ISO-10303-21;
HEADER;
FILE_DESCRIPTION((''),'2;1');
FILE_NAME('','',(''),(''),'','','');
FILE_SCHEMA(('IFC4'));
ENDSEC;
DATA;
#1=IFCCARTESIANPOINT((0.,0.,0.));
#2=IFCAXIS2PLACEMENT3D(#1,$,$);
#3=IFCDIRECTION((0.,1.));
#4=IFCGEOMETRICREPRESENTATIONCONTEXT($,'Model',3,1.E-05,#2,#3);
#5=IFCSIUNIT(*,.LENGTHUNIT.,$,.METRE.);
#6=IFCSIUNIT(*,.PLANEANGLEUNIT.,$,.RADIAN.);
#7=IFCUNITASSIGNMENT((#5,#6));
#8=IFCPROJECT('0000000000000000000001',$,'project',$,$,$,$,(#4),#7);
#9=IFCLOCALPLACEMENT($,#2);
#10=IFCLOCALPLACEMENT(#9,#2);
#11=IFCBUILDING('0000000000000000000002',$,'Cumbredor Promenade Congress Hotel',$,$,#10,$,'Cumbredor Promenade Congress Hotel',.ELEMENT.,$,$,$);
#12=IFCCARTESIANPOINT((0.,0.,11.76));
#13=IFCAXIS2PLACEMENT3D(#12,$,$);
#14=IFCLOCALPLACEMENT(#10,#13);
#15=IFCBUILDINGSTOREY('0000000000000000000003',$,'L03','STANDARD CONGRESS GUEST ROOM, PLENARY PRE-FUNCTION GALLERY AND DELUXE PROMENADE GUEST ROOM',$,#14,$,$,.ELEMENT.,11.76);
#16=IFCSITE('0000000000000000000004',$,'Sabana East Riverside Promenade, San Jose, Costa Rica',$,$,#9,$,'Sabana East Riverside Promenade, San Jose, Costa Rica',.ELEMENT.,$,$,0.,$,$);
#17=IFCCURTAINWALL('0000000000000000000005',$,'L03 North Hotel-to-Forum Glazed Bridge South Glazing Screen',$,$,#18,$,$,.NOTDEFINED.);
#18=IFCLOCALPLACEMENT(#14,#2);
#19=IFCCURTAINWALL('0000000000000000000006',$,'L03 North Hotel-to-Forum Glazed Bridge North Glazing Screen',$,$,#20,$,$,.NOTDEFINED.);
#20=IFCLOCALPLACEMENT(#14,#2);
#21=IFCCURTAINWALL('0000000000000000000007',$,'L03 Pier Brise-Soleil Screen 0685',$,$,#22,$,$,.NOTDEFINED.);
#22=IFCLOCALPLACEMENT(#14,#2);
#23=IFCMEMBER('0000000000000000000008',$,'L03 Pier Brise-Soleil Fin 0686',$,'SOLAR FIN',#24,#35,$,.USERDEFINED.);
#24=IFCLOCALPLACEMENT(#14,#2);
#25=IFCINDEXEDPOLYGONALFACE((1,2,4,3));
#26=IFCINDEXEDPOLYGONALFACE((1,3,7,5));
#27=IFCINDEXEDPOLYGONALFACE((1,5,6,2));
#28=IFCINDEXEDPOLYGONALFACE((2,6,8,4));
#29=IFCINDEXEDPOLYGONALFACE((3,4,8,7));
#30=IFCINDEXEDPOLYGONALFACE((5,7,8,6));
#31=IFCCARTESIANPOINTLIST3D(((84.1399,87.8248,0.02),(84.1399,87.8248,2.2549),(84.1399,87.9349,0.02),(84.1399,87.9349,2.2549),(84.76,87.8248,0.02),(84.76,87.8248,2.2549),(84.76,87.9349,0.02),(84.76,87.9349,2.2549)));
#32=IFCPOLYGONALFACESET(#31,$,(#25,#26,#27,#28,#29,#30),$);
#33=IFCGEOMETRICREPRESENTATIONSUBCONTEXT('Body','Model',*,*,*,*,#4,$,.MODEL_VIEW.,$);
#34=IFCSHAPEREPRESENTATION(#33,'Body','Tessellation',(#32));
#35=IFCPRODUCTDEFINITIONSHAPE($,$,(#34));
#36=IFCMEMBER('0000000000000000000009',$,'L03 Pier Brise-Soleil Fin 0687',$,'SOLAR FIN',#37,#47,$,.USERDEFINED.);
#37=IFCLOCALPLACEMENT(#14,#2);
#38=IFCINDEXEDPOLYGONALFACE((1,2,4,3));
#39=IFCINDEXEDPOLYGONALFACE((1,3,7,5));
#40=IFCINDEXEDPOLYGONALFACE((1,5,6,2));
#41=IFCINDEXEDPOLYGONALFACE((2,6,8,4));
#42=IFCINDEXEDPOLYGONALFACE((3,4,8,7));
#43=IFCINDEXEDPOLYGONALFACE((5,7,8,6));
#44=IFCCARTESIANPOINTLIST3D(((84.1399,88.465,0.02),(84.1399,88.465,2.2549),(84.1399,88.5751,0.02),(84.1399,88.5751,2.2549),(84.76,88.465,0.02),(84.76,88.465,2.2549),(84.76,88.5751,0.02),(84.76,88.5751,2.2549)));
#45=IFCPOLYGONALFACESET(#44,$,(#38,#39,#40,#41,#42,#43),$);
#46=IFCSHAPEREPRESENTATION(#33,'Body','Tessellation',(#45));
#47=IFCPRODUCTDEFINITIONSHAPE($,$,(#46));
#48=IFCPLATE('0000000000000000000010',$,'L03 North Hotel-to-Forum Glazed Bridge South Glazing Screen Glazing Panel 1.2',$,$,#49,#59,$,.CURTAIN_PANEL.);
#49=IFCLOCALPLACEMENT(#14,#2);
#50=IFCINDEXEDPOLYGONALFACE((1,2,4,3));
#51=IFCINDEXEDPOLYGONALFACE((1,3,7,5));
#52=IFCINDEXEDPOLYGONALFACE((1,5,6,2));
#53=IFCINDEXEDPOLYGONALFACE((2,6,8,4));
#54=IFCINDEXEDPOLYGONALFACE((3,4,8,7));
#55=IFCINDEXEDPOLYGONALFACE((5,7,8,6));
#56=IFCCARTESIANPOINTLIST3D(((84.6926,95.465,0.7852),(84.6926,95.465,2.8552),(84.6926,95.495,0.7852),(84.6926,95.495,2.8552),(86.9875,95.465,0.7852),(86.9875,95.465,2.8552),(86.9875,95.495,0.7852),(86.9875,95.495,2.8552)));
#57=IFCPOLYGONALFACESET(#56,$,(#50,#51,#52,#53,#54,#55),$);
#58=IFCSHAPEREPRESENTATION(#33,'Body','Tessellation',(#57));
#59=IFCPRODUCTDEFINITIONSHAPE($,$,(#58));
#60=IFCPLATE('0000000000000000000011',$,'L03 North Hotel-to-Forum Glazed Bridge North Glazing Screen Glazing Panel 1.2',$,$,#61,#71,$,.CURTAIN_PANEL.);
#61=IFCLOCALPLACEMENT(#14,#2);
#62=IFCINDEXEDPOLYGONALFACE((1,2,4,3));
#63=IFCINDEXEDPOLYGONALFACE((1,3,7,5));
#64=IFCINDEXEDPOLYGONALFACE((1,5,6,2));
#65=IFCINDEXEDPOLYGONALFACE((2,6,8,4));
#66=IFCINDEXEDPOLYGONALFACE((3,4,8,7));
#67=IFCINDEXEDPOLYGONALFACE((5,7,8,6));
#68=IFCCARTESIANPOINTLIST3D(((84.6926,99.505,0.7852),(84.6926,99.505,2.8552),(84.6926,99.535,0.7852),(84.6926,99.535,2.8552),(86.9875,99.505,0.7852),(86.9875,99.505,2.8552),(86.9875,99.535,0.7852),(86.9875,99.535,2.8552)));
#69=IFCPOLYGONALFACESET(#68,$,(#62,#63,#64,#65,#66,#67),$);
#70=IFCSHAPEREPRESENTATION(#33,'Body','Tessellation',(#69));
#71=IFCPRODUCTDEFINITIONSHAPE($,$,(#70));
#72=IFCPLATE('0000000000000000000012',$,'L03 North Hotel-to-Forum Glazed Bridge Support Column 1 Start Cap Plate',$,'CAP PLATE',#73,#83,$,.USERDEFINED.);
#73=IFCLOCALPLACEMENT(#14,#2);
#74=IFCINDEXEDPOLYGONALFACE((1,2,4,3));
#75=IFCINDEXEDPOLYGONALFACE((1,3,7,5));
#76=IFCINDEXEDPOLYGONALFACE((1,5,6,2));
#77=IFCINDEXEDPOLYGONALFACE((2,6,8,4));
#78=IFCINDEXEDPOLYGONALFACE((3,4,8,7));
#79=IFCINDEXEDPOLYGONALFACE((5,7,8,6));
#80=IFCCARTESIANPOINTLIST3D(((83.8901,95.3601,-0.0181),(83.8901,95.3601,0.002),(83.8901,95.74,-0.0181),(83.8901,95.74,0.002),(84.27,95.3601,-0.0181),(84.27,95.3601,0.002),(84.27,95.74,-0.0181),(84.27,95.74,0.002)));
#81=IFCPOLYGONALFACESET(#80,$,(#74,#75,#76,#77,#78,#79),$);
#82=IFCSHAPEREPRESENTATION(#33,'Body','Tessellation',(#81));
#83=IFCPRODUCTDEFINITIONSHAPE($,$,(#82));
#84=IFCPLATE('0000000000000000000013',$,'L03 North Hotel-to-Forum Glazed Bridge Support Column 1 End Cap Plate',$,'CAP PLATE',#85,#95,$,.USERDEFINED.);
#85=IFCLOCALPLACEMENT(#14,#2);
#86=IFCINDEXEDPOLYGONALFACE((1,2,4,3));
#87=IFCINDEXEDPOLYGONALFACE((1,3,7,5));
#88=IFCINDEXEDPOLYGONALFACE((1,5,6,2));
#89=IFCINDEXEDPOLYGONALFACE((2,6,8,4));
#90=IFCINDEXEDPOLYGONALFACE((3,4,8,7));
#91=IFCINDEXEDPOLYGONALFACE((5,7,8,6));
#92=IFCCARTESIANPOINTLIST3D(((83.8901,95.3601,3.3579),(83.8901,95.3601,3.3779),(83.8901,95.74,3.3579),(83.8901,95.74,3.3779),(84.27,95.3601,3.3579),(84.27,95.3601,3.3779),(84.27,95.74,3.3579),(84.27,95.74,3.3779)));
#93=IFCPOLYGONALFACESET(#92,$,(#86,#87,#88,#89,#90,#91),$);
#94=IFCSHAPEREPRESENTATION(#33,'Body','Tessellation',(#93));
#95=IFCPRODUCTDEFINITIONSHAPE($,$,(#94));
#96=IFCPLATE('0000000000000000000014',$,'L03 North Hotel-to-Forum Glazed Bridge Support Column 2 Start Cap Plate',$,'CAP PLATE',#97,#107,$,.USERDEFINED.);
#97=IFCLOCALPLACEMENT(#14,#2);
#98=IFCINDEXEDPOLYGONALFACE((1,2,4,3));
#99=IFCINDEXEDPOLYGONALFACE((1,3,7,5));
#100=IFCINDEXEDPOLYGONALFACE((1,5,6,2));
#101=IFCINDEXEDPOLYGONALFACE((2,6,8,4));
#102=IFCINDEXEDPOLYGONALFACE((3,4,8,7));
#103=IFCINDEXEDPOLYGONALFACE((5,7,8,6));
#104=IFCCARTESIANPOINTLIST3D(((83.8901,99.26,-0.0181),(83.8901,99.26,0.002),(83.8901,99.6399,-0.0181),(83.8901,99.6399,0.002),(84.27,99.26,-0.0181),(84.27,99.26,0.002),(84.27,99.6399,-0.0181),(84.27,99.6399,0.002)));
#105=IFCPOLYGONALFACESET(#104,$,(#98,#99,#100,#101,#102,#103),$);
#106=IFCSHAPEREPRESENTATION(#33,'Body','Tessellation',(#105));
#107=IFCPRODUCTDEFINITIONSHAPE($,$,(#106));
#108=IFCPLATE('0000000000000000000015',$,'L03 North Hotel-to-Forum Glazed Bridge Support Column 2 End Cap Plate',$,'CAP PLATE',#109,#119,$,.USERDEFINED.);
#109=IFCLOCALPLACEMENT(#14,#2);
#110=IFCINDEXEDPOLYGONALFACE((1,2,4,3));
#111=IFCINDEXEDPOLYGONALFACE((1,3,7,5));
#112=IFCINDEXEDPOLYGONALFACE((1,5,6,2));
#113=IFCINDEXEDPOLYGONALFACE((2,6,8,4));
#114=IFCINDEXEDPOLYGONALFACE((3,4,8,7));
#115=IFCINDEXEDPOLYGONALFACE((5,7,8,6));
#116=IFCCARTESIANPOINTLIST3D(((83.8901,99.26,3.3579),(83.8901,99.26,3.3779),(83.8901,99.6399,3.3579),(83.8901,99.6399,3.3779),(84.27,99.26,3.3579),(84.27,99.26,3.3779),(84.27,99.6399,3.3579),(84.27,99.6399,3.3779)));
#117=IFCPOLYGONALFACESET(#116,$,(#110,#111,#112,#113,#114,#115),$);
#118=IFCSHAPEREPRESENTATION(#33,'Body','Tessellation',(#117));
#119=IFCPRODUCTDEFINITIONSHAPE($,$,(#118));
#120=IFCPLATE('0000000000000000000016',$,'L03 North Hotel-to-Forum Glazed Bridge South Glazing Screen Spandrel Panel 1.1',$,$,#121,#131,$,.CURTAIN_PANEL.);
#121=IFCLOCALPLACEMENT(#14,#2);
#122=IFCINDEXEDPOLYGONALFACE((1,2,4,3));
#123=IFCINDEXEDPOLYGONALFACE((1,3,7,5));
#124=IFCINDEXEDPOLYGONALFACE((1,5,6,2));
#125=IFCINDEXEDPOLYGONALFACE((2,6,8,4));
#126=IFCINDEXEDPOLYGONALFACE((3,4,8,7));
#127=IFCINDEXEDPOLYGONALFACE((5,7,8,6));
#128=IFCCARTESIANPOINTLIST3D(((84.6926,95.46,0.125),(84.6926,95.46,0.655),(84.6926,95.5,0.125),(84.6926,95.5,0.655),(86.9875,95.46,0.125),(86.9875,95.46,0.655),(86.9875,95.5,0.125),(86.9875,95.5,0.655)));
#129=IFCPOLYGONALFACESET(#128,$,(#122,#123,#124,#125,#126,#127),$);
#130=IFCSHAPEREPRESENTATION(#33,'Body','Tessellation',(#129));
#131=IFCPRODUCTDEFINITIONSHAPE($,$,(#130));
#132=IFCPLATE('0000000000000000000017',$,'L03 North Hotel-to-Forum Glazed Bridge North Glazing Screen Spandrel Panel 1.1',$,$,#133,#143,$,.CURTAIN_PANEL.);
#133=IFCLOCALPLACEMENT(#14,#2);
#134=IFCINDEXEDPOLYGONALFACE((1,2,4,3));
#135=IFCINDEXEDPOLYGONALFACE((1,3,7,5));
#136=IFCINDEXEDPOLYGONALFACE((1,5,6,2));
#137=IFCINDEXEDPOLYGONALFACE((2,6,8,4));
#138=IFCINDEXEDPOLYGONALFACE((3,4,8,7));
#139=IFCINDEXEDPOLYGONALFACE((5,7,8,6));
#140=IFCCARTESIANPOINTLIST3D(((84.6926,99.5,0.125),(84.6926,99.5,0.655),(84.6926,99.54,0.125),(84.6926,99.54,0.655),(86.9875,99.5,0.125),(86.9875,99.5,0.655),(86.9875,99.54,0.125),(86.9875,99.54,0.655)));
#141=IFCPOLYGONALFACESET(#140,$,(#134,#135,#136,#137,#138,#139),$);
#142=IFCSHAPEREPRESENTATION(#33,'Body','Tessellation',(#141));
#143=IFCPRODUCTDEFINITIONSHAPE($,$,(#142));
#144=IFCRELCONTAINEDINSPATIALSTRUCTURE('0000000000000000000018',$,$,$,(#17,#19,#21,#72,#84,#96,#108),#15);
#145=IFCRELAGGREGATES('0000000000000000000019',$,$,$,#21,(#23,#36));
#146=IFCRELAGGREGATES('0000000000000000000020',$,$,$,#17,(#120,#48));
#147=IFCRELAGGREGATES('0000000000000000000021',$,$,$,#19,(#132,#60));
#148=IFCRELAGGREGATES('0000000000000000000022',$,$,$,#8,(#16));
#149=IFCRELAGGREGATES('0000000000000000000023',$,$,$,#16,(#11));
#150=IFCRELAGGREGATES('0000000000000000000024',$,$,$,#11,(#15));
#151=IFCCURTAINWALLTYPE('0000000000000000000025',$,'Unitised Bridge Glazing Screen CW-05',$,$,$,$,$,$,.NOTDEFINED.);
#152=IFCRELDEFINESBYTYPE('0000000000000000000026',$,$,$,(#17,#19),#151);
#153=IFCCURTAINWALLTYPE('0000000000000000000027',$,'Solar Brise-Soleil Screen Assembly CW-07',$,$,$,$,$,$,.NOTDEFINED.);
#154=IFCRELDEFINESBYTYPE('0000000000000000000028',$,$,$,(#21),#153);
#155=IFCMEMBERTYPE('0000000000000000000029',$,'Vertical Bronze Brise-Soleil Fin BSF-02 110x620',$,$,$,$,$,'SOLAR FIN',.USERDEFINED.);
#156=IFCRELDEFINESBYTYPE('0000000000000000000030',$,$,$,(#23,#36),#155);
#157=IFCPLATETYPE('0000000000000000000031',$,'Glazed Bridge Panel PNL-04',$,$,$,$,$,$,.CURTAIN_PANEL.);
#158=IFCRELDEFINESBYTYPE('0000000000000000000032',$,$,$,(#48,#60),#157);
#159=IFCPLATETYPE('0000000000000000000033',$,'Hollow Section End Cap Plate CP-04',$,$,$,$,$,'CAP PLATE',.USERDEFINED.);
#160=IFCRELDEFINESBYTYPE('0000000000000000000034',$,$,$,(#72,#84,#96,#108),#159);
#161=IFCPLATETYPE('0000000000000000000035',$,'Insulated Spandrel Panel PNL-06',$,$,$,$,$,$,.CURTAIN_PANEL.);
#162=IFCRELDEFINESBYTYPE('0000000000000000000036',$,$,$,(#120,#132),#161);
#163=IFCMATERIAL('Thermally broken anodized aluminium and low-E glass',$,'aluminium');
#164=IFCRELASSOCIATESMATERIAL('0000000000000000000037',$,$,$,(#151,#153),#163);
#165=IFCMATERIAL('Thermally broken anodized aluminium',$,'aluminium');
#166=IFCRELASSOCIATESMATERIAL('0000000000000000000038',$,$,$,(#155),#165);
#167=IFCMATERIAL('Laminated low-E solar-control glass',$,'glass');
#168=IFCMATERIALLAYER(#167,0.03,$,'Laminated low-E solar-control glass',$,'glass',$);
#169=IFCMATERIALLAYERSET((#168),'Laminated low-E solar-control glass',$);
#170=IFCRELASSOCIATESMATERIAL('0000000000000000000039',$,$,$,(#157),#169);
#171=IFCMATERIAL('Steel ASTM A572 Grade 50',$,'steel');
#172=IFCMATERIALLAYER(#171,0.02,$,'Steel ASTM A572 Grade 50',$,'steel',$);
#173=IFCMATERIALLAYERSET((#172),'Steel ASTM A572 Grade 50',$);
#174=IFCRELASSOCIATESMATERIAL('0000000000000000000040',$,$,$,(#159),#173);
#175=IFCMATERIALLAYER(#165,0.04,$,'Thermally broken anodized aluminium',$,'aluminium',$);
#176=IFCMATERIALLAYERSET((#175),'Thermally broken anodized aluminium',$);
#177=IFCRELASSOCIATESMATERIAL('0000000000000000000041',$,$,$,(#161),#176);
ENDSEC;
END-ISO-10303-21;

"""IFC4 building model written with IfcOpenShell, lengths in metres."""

from ifc_helpers import new_model, si_unit, direction, frame, origin, origin_2d, place, context, subcontext, project, spatial, rectangle, extrude, material, layer, layer_set, material_profile, profile_set, type_object, element, aggregate, save


model = new_model("IFC4")

# Units and contexts
model_context = context("Model", 3, precision=1e-05, world=origin(), true_north=direction((0.0, 1.0)))
body_context = subcontext(model_context, "Body", "Model", "MODEL_VIEW")
ifc_project = project(units=[si_unit("LENGTHUNIT", "METRE"), si_unit("PLANEANGLEUNIT", "RADIAN")], contexts=[model_context])

# Site, building, storey
site_placement = place(None, origin())
site = spatial("IfcSite", under=ifc_project, at=site_placement, Name="Sabana East Riverside Promenade, San Jose, Costa Rica", LongName="Sabana East Riverside Promenade, San Jose, Costa Rica", CompositionType="ELEMENT", RefElevation=0.0)
building_placement = place(site_placement, origin())
building = spatial("IfcBuilding", under=site, at=building_placement, Name="Cumbredor Promenade Congress Hotel", LongName="Cumbredor Promenade Congress Hotel", CompositionType="ELEMENT")
storey_placement = place(building_placement, frame((0.0, 0.0, 11.76)))
storey = spatial("IfcBuildingStorey", under=building, at=storey_placement, Name="L03", Description="STANDARD CONGRESS GUEST ROOM, PLENARY PRE-FUNCTION GALLERY AND DELUXE PROMENADE GUEST ROOM", CompositionType="ELEMENT", Elevation=11.76)

# Curtain walls
ifc_material_1 = material(Name="Thermally broken anodized aluminium and low-E glass", Category="aluminium")
curtain_wall_type_1 = type_object("IfcCurtainWallType", Name="Unitised Bridge Glazing Screen CW-05", PredefinedType="NOTDEFINED", material=ifc_material_1)
curtain_wall_1_placement = place(storey_placement, origin())
curtain_wall_1 = element("IfcCurtainWall", 1, at=curtain_wall_1_placement, inside=storey, type_object=curtain_wall_type_1, Name="L03 North Hotel-to-Forum Glazed Bridge South Glazing Screen", PredefinedType="NOTDEFINED")
ifc_material_2 = material(Name="Thermally broken anodized aluminium", Category="aluminium")
curtain_wall_2_placement = place(storey_placement, origin())
curtain_wall_2 = element("IfcCurtainWall", 2, at=curtain_wall_2_placement, inside=storey, type_object=curtain_wall_type_1, Name="L03 North Hotel-to-Forum Glazed Bridge North Glazing Screen", PredefinedType="NOTDEFINED")

# Curtain wall, members
curtain_wall_type_2 = type_object("IfcCurtainWallType", Name="Solar Brise-Soleil Screen Assembly CW-07", PredefinedType="NOTDEFINED", material=ifc_material_1)
curtain_wall_3_placement = place(storey_placement, origin())
curtain_wall_3 = element("IfcCurtainWall", 3, at=curtain_wall_3_placement, inside=storey, type_object=curtain_wall_type_2, Name="L03 Pier Brise-Soleil Screen 0685", PredefinedType="NOTDEFINED")
ifc_material_profile_1 = material_profile(ifc_material_2, rectangle(XDim=0.1101, YDim=0.6201, at=origin_2d()), Name="ARCH FIN 110x620")
ifc_profile_set_1 = profile_set([ifc_material_profile_1], Name="Thermally broken anodized aluminium")
member_type_1 = type_object("IfcMemberType", Name="Vertical Bronze Brise-Soleil Fin BSF-02 110x620", ElementType="SOLAR FIN", PredefinedType="USERDEFINED", material=ifc_profile_set_1)
member_1_placement = place(storey_placement, frame((84.45, 87.8799, 0.02), z_axis=(0.0, 0.0, 1.0), x_axis=(0.0, 1.0, 0.0)))
member_1 = element("IfcMember", 4, at=member_1_placement, type_object=member_type_1, Name="L03 Pier Brise-Soleil Fin 0686", ObjectType="SOLAR FIN", PredefinedType="USERDEFINED", context=body_context, shape_type="SweptSolid", body=[
    extrude(rectangle(XDim=0.1101, YDim=0.6201, at=origin_2d()), origin(), (0.0, 0.0, 1.0), 2.2349),
])
member_2_placement = place(storey_placement, frame((84.45, 88.52, 0.02), z_axis=(0.0, 0.0, 1.0), x_axis=(0.0, 1.0, 0.0)))
member_2 = element("IfcMember", 5, at=member_2_placement, type_object=member_type_1, Name="L03 Pier Brise-Soleil Fin 0687", ObjectType="SOLAR FIN", PredefinedType="USERDEFINED", context=body_context, shape_type="SweptSolid", body=[
    extrude(rectangle(XDim=0.1101, YDim=0.6201, at=origin_2d()), origin(), (0.0, 0.0, 1.0), 2.2349),
])
aggregate(curtain_wall_3, [member_1, member_2])

# Plates
ifc_material_3 = material(Name="Laminated low-E solar-control glass", Category="glass")
ifc_layer_1 = layer(ifc_material_3, 0.03, Name="Laminated low-E solar-control glass", Category="glass")
ifc_layer_set_1 = layer_set([ifc_layer_1], Name="Laminated low-E solar-control glass")
plate_type_1 = type_object("IfcPlateType", Name="Glazed Bridge Panel PNL-04", PredefinedType="CURTAIN_PANEL", material=ifc_layer_set_1)
plate_1_placement = place(storey_placement, frame((85.8401, 95.48, 0.7852), z_axis=(0.0, 0.0, 1.0), x_axis=(1.0, 0.0, 0.0)))
plate_1 = element("IfcPlate", 6, at=plate_1_placement, type_object=plate_type_1, Name="L03 North Hotel-to-Forum Glazed Bridge South Glazing Screen Glazing Panel 1.2", PredefinedType="CURTAIN_PANEL", context=body_context, shape_type="SweptSolid", body=[
    extrude(rectangle(XDim=2.2949, YDim=0.03, at=origin_2d()), origin(), (0.0, 0.0, 1.0), 2.0701),
])
plate_2_placement = place(storey_placement, frame((85.8401, 99.52, 0.7852), z_axis=(0.0, 0.0, 1.0), x_axis=(1.0, 0.0, 0.0)))
plate_2 = element("IfcPlate", 7, at=plate_2_placement, type_object=plate_type_1, Name="L03 North Hotel-to-Forum Glazed Bridge North Glazing Screen Glazing Panel 1.2", PredefinedType="CURTAIN_PANEL", context=body_context, shape_type="SweptSolid", body=[
    extrude(rectangle(XDim=2.2949, YDim=0.03, at=origin_2d()), origin(), (0.0, 0.0, 1.0), 2.0701),
])

# Plates
ifc_material_4 = material(Name="Steel ASTM A572 Grade 50", Category="steel")
ifc_layer_2 = layer(ifc_material_4, 0.02, Name="Steel ASTM A572 Grade 50", Category="steel")
ifc_layer_set_2 = layer_set([ifc_layer_2], Name="Steel ASTM A572 Grade 50")
plate_type_2 = type_object("IfcPlateType", Name="Hollow Section End Cap Plate CP-04", ElementType="CAP PLATE", PredefinedType="USERDEFINED", material=ifc_layer_set_2)
for number, where, z_axis, x_axis, name in (
    (8, (84.0801, 95.55, -0.0181), (0.0, 0.0, 1.0), (1.0, 0.0, 0.0), "L03 North Hotel-to-Forum Glazed Bridge Support Column 1 Start Cap Plate"),
    (9, (84.0801, 95.55, 3.3579), (0.0, 0.0, 1.0), (1.0, 0.0, 0.0), "L03 North Hotel-to-Forum Glazed Bridge Support Column 1 End Cap Plate"),
    (10, (84.0801, 99.45, -0.0181), (0.0, 0.0, 1.0), (1.0, 0.0, 0.0), "L03 North Hotel-to-Forum Glazed Bridge Support Column 2 Start Cap Plate"),
    (11, (84.0801, 99.45, 3.3579), (0.0, 0.0, 1.0), (1.0, 0.0, 0.0), "L03 North Hotel-to-Forum Glazed Bridge Support Column 2 End Cap Plate"),
):
    element("IfcPlate", number, at=place(storey_placement, frame(where, z_axis=z_axis, x_axis=x_axis)), inside=storey, type_object=plate_type_2, Name=name, ObjectType="CAP PLATE", PredefinedType="USERDEFINED", context=body_context, shape_type="SweptSolid", body=[
        extrude(rectangle(XDim=0.3799, YDim=0.3799, at=origin_2d()), origin(), (0.0, 0.0, 1.0), 0.02),
    ])

# Plates
ifc_layer_3 = layer(ifc_material_2, 0.04, Name="Thermally broken anodized aluminium", Category="aluminium")
ifc_layer_set_3 = layer_set([ifc_layer_3], Name="Thermally broken anodized aluminium")
plate_type_3 = type_object("IfcPlateType", Name="Insulated Spandrel Panel PNL-06", PredefinedType="CURTAIN_PANEL", material=ifc_layer_set_3)
plate_3_placement = place(storey_placement, frame((85.8401, 95.48, 0.125), z_axis=(0.0, 0.0, 1.0), x_axis=(1.0, 0.0, 0.0)))
plate_3 = element("IfcPlate", 12, at=plate_3_placement, type_object=plate_type_3, Name="L03 North Hotel-to-Forum Glazed Bridge South Glazing Screen Spandrel Panel 1.1", PredefinedType="CURTAIN_PANEL", context=body_context, shape_type="SweptSolid", body=[
    extrude(rectangle(XDim=2.2949, YDim=0.04, at=origin_2d()), origin(), (0.0, 0.0, 1.0), 0.53),
])
aggregate(curtain_wall_1, [plate_3, plate_1])
plate_4_placement = place(storey_placement, frame((85.8401, 99.52, 0.125), z_axis=(0.0, 0.0, 1.0), x_axis=(1.0, 0.0, 0.0)))
plate_4 = element("IfcPlate", 13, at=plate_4_placement, type_object=plate_type_3, Name="L03 North Hotel-to-Forum Glazed Bridge North Glazing Screen Spandrel Panel 1.1", PredefinedType="CURTAIN_PANEL", context=body_context, shape_type="SweptSolid", body=[
    extrude(rectangle(XDim=2.2949, YDim=0.04, at=origin_2d()), origin(), (0.0, 0.0, 1.0), 0.53),
])
aggregate(curtain_wall_2, [plate_4, plate_2])

save(model, "model.ifc")
